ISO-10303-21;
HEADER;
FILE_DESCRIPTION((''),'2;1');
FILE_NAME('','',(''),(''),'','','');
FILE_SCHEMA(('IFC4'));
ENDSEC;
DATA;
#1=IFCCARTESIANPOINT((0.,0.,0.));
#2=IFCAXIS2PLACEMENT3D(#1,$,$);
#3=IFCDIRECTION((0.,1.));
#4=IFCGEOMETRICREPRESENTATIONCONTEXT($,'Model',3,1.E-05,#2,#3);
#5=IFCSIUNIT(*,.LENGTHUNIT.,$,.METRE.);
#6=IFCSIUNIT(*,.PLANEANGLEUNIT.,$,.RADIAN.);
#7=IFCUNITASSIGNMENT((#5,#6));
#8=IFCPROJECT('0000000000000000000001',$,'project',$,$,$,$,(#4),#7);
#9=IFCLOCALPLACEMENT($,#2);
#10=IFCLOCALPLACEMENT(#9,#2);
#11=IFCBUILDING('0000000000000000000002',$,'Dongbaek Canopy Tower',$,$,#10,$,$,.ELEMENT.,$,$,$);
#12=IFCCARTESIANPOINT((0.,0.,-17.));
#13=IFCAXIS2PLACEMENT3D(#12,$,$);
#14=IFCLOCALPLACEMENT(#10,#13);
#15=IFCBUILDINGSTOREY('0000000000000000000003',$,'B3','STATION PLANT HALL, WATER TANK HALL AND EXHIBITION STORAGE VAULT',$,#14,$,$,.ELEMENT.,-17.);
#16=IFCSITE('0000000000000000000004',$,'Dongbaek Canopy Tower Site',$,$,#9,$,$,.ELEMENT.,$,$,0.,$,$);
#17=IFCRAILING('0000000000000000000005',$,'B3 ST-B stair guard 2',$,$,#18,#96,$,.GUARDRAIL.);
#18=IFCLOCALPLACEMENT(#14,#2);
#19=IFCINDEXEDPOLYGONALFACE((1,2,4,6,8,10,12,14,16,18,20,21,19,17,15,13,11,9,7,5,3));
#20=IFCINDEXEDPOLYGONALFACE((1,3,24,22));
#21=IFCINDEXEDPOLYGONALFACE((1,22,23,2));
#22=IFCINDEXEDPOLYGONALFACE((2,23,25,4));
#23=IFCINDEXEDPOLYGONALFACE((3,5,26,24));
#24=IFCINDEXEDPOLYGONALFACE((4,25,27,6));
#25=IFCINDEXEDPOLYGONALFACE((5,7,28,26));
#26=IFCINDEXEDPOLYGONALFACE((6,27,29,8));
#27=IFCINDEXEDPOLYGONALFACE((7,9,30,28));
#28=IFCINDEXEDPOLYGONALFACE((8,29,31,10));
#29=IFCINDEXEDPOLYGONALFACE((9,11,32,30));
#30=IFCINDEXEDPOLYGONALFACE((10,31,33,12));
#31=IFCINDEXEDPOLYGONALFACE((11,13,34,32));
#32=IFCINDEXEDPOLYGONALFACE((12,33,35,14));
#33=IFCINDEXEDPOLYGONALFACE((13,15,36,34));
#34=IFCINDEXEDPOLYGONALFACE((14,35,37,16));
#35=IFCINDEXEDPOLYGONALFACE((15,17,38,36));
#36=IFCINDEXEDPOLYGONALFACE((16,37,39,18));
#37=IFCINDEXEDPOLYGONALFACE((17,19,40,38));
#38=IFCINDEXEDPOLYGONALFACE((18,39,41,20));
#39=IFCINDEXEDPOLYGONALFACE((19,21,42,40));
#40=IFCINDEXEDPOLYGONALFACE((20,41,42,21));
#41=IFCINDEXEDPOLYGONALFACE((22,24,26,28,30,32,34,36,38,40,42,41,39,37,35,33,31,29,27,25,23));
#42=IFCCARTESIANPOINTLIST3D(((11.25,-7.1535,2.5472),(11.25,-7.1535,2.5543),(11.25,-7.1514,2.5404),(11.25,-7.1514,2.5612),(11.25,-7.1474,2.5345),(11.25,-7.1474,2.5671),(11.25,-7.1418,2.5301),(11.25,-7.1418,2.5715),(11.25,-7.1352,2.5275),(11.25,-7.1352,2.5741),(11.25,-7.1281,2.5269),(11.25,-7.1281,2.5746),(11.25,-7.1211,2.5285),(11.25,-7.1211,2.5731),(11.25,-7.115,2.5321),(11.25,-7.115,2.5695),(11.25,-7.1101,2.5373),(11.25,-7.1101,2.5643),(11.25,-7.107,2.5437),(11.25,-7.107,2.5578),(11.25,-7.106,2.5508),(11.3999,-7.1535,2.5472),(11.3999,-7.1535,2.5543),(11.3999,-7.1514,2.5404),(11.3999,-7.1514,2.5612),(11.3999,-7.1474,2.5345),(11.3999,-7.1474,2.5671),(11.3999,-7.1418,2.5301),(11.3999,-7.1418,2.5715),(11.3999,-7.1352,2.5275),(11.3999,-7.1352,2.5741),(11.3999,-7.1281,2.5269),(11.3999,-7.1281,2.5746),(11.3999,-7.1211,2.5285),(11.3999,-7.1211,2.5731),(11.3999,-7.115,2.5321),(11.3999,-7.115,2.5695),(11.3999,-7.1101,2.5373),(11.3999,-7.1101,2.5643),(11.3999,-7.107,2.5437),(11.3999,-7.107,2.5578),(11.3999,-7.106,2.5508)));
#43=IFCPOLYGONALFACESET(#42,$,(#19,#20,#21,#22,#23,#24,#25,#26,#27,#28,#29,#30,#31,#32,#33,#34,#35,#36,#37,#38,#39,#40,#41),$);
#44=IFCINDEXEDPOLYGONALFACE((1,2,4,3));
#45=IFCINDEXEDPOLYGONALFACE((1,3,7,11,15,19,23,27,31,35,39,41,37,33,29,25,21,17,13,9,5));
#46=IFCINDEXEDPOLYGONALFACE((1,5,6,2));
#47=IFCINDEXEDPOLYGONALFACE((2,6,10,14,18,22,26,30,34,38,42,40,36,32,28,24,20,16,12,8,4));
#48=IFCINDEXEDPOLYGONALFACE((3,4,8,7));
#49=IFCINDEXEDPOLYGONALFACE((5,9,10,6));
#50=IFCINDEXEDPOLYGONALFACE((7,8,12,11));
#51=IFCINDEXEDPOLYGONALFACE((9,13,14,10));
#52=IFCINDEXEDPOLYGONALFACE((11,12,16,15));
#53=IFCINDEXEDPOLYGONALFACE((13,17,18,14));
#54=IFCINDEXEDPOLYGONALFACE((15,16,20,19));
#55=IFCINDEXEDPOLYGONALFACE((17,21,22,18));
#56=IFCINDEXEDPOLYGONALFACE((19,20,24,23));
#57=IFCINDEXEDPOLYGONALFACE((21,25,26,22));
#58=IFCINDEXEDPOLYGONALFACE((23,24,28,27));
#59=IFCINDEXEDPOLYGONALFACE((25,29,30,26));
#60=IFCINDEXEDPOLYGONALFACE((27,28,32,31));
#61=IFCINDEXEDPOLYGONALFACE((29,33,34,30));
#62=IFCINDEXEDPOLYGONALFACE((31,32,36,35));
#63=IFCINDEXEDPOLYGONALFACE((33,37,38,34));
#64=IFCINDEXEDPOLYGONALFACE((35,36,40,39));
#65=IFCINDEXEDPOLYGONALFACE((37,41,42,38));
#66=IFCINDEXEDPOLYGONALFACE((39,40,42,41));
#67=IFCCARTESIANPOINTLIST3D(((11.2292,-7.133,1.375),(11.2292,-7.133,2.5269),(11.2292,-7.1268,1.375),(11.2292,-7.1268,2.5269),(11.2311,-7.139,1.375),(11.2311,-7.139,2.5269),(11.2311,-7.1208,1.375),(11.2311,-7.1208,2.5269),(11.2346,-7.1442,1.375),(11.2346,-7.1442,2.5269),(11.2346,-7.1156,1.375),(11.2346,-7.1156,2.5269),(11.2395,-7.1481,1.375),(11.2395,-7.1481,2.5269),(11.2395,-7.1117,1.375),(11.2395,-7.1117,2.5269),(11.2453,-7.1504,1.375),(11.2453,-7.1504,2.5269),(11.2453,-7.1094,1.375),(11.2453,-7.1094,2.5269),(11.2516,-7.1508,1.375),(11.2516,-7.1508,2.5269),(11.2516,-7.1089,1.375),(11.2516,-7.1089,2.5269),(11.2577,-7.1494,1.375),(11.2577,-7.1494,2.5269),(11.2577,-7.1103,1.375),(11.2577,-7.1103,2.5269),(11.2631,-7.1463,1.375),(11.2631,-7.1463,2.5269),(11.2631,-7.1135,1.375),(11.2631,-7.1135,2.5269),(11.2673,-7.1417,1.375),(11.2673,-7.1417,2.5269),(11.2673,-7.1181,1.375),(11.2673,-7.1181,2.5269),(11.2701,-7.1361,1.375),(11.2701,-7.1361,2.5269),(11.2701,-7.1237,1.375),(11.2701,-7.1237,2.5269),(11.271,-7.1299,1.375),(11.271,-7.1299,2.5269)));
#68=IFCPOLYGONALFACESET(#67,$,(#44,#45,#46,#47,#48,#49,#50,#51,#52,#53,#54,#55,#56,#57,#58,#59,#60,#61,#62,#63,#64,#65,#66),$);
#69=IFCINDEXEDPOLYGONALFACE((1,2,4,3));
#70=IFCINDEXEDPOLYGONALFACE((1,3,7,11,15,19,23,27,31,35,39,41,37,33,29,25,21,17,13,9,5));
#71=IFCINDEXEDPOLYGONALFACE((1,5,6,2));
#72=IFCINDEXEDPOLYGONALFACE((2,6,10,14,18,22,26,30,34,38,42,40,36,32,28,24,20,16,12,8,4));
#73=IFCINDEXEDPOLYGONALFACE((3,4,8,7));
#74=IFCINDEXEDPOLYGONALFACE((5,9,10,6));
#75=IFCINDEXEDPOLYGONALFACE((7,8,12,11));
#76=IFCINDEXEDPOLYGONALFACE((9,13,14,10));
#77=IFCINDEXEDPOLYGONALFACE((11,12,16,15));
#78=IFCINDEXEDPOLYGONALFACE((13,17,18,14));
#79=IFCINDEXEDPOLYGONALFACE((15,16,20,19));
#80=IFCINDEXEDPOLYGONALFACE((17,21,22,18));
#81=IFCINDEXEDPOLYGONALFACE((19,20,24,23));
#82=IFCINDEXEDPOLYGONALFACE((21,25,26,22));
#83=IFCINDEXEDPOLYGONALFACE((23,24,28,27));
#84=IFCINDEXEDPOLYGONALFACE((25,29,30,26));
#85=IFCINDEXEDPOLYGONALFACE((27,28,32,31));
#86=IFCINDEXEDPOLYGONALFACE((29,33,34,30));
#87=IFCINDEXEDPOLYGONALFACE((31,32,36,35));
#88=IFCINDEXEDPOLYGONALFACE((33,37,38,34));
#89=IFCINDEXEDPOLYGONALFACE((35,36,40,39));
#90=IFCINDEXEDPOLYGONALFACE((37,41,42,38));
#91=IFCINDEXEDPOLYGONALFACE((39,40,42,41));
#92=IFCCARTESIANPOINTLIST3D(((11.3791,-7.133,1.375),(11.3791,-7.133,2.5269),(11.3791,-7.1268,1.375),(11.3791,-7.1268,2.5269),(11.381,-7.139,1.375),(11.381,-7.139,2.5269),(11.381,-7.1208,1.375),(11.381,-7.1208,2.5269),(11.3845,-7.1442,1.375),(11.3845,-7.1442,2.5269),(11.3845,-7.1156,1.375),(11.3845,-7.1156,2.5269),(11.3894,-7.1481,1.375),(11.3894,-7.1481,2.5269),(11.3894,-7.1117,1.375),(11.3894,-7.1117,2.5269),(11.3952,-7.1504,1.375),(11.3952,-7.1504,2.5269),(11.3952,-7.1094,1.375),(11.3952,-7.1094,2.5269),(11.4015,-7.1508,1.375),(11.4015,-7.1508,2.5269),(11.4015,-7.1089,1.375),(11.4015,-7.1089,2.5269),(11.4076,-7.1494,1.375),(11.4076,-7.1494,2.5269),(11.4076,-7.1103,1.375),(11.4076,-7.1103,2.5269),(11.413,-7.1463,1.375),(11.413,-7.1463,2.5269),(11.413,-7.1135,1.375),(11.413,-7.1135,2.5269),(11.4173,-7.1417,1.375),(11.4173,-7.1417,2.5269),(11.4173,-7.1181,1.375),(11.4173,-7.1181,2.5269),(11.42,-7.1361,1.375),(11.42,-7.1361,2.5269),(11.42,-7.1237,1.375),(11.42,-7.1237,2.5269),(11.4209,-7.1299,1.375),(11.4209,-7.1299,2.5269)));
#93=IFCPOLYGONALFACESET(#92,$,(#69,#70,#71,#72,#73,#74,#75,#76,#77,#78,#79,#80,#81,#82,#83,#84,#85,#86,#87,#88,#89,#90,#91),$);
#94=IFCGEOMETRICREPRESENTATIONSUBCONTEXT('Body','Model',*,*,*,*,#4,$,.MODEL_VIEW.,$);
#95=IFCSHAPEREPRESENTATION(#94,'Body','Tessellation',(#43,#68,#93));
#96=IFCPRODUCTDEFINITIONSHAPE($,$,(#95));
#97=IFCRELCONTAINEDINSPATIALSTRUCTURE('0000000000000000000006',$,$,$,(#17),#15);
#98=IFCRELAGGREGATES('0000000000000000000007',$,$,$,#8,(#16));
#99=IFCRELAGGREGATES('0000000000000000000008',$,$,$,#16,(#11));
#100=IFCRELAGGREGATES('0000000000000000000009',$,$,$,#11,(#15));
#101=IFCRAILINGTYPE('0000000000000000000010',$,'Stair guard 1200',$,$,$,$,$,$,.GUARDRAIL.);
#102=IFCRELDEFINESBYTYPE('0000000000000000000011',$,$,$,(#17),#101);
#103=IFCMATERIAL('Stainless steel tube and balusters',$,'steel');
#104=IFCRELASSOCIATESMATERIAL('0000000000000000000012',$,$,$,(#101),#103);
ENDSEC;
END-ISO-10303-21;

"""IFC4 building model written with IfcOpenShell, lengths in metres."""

from ifc_helpers import new_model, si_unit, direction, frame, origin, origin_2d, place, context, subcontext, project, spatial, circle, extrude, material, type_object, element, save


model = new_model("IFC4")

# Units and contexts
model_context = context("Model", 3, precision=1e-05, world=origin(), true_north=direction((0.0, 1.0)))
body_context = subcontext(model_context, "Body", "Model", "MODEL_VIEW")
ifc_project = project(units=[si_unit("LENGTHUNIT", "METRE"), si_unit("PLANEANGLEUNIT", "RADIAN")], contexts=[model_context])

# Site, building, storey
site_placement = place(None, origin())
site = spatial("IfcSite", under=ifc_project, at=site_placement, Name="Dongbaek Canopy Tower Site", CompositionType="ELEMENT", RefElevation=0.0)
building_placement = place(site_placement, origin())
building = spatial("IfcBuilding", under=site, at=building_placement, Name="Dongbaek Canopy Tower", CompositionType="ELEMENT")
storey_placement = place(building_placement, frame((0.0, 0.0, -17.0)))
storey = spatial("IfcBuildingStorey", under=building, at=storey_placement, Name="B3", Description="STATION PLANT HALL, WATER TANK HALL AND EXHIBITION STORAGE VAULT", CompositionType="ELEMENT", Elevation=-17.0)

# Railing
ifc_material_1 = material(Name="Stainless steel tube and balusters", Category="steel")
railing_type_1 = type_object("IfcRailingType", Name="Stair guard 1200", PredefinedType="GUARDRAIL", material=ifc_material_1)
railing_1_placement = place(storey_placement, frame((11.25, -7.1299, 1.375)))
element("IfcRailing", 1, at=railing_1_placement, inside=storey, type_object=railing_type_1, Name="B3 ST-B stair guard 2", PredefinedType="GUARDRAIL", context=body_context, shape_type="SweptSolid", body=[
    extrude(circle(Radius=0.0239, at=origin_2d()), frame((0.0, 0.0, 1.1758), z_axis=(1.0, 0.0, 0.0), x_axis=(0.0, 1.0, 0.0)), (0.0, 0.0, 1.0), 0.1499),
    extrude(circle(Radius=0.021, at=origin_2d()), origin(), (0.0, 0.0, 1.0), 1.1519),
    extrude(circle(Radius=0.021, at=origin_2d()), frame((0.1499, 0.0, 0.0)), (0.0, 0.0, 1.0), 1.1519),
])

save(model, "model.ifc")
